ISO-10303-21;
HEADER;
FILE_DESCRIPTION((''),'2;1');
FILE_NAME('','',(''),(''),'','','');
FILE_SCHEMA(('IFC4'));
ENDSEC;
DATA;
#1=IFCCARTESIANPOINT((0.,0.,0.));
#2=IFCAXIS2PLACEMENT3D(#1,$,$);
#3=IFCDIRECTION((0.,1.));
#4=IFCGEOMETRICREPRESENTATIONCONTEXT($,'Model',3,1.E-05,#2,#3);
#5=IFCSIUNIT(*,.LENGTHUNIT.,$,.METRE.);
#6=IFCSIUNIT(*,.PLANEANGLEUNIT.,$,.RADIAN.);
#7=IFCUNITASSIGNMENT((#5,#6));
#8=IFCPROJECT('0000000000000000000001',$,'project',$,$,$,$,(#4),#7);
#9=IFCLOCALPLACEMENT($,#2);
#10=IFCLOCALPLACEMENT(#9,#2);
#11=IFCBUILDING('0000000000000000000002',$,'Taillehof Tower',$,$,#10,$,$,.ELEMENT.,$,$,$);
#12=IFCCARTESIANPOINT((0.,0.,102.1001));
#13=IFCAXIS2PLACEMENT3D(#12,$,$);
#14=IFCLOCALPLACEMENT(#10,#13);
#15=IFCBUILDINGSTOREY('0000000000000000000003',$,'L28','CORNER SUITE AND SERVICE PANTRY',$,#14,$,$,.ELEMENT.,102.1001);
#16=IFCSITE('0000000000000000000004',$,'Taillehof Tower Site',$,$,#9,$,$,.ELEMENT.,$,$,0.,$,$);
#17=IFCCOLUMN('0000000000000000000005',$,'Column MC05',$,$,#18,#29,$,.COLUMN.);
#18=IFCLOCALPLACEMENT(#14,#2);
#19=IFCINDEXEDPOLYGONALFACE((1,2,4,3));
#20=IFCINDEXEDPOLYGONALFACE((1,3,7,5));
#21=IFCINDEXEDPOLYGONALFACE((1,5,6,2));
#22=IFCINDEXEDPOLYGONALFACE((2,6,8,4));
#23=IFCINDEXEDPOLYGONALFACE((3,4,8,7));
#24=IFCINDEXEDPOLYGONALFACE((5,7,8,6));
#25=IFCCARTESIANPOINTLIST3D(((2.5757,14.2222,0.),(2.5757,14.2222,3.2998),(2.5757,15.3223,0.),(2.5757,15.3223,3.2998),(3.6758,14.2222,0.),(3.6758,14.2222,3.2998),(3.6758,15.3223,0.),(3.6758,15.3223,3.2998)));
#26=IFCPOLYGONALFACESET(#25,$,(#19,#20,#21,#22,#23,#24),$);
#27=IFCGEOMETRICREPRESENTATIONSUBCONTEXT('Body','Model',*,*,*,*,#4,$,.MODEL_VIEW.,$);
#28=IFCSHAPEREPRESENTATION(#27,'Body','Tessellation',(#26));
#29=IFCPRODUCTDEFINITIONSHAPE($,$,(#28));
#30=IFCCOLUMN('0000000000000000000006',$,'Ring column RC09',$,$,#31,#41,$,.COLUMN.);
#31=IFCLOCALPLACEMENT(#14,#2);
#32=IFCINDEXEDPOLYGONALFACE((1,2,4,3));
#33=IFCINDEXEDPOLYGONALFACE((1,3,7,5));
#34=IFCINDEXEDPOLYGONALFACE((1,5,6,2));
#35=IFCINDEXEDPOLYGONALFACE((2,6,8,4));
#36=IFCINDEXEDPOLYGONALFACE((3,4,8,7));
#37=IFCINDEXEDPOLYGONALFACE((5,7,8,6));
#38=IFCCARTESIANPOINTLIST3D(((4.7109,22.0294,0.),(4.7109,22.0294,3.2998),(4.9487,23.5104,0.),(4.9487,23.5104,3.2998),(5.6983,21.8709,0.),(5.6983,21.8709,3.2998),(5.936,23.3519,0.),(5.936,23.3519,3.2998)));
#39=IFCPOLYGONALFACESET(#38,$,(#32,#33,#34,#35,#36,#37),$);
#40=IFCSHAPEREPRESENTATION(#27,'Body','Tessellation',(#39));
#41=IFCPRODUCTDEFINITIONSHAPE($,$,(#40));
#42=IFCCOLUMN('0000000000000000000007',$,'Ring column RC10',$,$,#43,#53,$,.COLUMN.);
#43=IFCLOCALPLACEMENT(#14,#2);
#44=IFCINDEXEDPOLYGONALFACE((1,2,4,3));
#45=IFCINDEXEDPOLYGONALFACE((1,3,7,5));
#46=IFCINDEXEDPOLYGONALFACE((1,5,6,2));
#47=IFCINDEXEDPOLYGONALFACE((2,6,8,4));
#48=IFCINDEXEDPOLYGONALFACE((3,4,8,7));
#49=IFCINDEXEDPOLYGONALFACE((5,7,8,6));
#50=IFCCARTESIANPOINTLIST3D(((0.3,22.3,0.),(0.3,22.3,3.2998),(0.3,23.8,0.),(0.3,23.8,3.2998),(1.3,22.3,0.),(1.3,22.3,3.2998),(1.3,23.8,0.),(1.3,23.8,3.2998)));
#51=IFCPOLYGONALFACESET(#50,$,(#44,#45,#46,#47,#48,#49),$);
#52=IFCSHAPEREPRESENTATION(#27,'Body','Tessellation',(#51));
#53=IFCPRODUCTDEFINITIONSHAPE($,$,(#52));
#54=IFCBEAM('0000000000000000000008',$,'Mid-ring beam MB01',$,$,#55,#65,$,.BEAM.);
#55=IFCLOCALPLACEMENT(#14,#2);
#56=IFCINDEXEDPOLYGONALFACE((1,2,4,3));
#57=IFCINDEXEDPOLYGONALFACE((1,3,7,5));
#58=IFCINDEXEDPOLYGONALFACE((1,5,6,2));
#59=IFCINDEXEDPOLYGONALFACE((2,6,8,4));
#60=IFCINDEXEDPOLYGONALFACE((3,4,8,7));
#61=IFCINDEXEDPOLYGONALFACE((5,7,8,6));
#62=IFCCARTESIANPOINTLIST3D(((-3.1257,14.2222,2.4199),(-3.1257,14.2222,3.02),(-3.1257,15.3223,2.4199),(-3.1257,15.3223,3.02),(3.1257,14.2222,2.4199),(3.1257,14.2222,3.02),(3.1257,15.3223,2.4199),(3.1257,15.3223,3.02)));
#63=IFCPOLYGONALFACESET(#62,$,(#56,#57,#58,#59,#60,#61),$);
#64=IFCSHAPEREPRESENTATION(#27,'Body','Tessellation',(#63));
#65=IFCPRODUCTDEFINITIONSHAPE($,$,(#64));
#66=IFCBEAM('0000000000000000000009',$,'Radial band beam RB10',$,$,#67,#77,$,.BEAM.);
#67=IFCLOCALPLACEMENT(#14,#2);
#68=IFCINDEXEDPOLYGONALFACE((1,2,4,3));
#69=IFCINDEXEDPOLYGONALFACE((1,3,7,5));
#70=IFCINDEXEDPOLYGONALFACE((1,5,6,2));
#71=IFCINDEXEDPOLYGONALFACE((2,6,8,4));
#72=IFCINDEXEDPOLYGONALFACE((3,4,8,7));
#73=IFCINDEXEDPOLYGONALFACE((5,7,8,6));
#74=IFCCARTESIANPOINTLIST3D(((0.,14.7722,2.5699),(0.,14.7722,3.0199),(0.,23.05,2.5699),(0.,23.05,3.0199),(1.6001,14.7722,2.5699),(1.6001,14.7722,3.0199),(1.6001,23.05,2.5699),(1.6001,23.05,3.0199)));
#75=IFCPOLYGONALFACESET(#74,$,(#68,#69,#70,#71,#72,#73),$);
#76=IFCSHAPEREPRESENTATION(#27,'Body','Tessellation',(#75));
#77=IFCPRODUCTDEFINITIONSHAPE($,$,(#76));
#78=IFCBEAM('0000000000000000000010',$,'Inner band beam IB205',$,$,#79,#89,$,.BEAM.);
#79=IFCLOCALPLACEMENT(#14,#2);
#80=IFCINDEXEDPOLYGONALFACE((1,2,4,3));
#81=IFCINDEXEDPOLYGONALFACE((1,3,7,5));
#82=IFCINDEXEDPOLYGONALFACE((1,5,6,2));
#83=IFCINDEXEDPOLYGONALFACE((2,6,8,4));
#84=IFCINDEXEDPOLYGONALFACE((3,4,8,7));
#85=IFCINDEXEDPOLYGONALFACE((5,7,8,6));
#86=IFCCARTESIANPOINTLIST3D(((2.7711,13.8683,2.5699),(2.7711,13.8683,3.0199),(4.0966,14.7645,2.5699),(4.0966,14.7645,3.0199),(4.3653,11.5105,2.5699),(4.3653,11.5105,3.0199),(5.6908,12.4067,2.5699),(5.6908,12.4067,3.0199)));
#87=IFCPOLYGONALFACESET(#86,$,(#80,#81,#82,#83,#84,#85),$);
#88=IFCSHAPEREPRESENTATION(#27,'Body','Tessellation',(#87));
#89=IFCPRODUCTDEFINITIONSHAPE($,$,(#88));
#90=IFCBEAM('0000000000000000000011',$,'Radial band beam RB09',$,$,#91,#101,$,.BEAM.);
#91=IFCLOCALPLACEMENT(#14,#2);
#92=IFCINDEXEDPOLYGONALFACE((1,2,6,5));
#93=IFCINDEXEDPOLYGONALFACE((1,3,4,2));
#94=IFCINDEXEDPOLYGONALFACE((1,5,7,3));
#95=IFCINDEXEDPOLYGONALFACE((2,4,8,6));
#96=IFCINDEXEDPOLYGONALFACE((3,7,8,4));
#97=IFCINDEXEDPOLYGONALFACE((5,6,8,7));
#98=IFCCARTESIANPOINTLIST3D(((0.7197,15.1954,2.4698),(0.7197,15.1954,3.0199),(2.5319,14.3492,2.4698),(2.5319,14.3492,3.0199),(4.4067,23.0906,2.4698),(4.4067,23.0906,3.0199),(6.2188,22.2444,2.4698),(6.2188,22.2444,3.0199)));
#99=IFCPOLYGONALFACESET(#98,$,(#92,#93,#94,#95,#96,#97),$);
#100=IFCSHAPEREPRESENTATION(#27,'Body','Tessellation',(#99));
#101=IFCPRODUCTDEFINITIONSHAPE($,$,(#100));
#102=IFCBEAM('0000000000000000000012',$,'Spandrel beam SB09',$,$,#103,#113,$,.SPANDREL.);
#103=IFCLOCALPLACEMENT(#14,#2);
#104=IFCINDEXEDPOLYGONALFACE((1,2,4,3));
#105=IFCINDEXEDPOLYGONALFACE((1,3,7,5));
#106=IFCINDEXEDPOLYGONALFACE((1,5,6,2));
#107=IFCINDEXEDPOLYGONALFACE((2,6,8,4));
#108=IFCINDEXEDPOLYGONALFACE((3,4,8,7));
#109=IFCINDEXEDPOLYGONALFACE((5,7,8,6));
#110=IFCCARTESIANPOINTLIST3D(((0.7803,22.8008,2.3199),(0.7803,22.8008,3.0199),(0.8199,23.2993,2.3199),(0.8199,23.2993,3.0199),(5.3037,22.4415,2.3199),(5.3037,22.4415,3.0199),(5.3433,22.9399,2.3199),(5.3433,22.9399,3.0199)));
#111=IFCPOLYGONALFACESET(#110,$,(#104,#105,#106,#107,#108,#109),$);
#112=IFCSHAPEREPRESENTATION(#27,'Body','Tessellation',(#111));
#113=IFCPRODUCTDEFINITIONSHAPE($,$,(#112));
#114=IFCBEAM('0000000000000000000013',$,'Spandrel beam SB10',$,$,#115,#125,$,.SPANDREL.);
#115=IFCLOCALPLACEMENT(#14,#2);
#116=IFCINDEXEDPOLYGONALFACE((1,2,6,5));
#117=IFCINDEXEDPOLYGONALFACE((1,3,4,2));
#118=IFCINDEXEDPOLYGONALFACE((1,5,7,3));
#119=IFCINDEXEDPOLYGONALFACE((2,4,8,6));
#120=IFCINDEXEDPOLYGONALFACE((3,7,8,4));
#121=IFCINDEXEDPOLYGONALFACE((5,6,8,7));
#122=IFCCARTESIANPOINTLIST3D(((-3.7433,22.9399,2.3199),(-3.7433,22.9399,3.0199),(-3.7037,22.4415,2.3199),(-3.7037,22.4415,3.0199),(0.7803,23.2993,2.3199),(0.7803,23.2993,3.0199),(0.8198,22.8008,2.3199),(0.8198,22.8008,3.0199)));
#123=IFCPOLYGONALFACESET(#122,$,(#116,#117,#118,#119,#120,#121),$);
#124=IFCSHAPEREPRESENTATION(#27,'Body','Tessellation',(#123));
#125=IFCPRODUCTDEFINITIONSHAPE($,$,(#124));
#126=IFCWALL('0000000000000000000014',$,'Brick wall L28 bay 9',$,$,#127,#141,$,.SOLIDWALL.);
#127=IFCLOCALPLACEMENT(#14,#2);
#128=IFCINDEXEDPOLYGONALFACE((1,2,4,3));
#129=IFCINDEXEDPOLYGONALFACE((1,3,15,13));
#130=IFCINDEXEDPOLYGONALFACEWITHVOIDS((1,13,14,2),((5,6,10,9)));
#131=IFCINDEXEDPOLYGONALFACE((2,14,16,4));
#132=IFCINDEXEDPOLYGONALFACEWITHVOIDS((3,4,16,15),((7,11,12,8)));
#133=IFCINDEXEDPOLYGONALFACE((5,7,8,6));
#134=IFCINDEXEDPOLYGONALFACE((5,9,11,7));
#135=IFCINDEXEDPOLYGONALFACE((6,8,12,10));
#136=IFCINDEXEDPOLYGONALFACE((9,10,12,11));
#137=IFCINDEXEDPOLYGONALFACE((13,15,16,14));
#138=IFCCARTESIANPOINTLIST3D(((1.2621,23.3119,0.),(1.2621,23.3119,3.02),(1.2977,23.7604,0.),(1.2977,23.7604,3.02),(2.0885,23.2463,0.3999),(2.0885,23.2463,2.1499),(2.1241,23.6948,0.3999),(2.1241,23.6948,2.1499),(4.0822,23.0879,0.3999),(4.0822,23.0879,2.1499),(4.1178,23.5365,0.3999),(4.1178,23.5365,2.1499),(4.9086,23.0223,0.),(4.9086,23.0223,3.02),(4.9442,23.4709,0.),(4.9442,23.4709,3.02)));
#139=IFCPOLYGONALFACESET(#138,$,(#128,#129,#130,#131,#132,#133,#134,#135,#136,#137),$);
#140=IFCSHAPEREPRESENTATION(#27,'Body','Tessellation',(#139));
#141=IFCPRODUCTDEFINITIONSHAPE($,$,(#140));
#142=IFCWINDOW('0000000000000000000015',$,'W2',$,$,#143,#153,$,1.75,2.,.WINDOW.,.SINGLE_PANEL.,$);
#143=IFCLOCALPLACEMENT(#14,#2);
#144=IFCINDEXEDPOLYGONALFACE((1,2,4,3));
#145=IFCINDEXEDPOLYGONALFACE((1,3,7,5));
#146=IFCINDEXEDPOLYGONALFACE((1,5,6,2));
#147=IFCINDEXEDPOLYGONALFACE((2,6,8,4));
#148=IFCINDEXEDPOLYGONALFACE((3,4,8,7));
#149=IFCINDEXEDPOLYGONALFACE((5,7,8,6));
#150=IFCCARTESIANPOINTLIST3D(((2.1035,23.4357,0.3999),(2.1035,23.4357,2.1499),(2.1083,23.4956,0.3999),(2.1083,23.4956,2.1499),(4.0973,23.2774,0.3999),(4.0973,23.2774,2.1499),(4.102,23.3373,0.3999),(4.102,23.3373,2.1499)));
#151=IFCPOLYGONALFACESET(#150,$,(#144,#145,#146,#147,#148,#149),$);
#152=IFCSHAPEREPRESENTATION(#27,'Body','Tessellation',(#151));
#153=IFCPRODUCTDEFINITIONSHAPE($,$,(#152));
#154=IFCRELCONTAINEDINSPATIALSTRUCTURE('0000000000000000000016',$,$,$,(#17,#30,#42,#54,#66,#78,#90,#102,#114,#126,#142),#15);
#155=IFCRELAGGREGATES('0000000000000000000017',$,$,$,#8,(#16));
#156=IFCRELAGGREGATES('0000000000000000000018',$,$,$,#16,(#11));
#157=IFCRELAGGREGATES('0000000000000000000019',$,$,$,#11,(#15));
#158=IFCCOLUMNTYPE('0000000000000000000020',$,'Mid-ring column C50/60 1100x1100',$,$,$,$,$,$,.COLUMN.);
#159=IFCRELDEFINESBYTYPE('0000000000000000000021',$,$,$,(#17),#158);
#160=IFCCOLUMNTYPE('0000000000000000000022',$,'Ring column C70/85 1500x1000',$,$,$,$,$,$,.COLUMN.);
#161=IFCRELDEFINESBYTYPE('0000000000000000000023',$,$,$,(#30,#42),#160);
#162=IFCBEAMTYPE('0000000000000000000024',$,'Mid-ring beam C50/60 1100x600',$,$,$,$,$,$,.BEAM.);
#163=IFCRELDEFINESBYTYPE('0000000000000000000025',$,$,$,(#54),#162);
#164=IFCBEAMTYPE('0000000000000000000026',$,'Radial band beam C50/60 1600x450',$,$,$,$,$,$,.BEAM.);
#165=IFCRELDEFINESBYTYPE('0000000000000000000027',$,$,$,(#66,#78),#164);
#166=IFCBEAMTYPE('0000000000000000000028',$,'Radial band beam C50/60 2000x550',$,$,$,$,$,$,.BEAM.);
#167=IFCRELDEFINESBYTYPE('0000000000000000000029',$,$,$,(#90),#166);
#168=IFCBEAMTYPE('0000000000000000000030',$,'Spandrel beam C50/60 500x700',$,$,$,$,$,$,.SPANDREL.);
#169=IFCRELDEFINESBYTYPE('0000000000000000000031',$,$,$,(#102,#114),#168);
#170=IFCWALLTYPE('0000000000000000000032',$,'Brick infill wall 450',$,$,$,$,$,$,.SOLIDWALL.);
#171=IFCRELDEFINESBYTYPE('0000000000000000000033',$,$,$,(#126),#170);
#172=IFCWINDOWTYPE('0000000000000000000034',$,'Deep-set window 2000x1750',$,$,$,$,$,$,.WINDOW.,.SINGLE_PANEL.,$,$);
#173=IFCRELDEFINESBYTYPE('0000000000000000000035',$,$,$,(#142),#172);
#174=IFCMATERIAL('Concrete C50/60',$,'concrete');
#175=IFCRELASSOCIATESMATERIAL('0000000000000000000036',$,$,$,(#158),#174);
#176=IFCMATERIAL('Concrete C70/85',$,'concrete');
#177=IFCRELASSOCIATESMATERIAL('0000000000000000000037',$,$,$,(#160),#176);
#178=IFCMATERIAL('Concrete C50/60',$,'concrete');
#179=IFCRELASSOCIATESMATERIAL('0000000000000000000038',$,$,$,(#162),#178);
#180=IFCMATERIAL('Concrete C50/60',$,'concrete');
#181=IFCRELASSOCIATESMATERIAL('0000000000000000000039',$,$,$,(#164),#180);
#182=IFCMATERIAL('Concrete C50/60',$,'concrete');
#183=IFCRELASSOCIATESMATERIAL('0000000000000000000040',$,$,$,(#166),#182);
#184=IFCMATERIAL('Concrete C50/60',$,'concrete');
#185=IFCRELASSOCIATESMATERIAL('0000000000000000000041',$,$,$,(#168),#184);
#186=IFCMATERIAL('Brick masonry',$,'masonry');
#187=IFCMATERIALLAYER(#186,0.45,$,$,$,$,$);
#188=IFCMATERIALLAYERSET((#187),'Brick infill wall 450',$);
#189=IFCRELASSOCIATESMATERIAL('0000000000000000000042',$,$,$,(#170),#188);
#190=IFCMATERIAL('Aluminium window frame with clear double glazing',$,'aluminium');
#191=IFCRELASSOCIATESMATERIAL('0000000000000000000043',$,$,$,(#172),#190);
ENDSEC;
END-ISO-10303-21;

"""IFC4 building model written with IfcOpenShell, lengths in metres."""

from ifc_helpers import new_model, si_unit, direction, frame, frame_2d, origin, origin_2d, place, context, subcontext, project, spatial, rectangle, extrude, material, layer, layer_set, material_profile, profile_set, type_object, element, fill, save


model = new_model("IFC4")

# Units and contexts
model_context = context("Model", 3, precision=1e-05, world=origin(), true_north=direction((0.0, 1.0)))
body_context = subcontext(model_context, "Body", "Model", "MODEL_VIEW")
ifc_project = project(units=[si_unit("LENGTHUNIT", "METRE"), si_unit("PLANEANGLEUNIT", "RADIAN")], contexts=[model_context])

# Site, building, storey
site_placement = place(None, origin())
site = spatial("IfcSite", under=ifc_project, at=site_placement, Name="Taillehof Tower Site", CompositionType="ELEMENT", RefElevation=0.0)
building_placement = place(site_placement, origin())
building = spatial("IfcBuilding", under=site, at=building_placement, Name="Taillehof Tower", CompositionType="ELEMENT")
storey_placement = place(building_placement, frame((0.0, 0.0, 102.1001)))
storey = spatial("IfcBuildingStorey", under=building, at=storey_placement, Name="L28", Description="CORNER SUITE AND SERVICE PANTRY", CompositionType="ELEMENT", Elevation=102.1001)

# Columns
ifc_material_1 = material(Name="Concrete C50/60", Category="concrete")
ifc_material_profile_1 = material_profile(ifc_material_1, rectangle(XDim=1.1001, YDim=1.1001, at=origin_2d()), Name="RC 1100x1100")
ifc_profile_set_1 = profile_set([ifc_material_profile_1], Name="Concrete C50/60")
column_type_1 = type_object("IfcColumnType", Name="Mid-ring column C50/60 1100x1100", PredefinedType="COLUMN", material=ifc_profile_set_1)
column_placement = place(storey_placement, frame((3.1257, 14.7722, 0.0), z_axis=(0.0, 0.0, 1.0), x_axis=(1.0, 0.0, 0.0)))
element("IfcColumn", 1, at=column_placement, inside=storey, type_object=column_type_1, Name="Column MC05", PredefinedType="COLUMN", context=body_context, shape_type="SweptSolid", body=[
    extrude(rectangle(XDim=1.1001, YDim=1.1001, at=origin_2d()), origin(), (0.0, 0.0, 1.0), 3.2998),
])
ifc_material_2 = material(Name="Concrete C70/85", Category="concrete")
ifc_material_profile_2 = material_profile(ifc_material_2, rectangle(XDim=1.5, YDim=1.0, at=origin_2d()), Name="RC 1500x1000")
ifc_profile_set_2 = profile_set([ifc_material_profile_2], Name="Concrete C70/85")
column_type_2 = type_object("IfcColumnType", Name="Ring column C70/85 1500x1000", PredefinedType="COLUMN", material=ifc_profile_set_2)
for number, where, z_axis, x_axis, name in (
    (2, (5.3235, 22.6907, 0.0), (0.0, 0.0, 1.0), (0.158507, 0.987358, 0.0), "Ring column RC09"),
    (3, (0.8, 23.05, 0.0), (0.0, 0.0, 1.0), (0.0, 1.0, 0.0), "Ring column RC10"),
):
    element("IfcColumn", number, at=place(storey_placement, frame(where, z_axis=z_axis, x_axis=x_axis)), inside=storey, type_object=column_type_2, Name=name, PredefinedType="COLUMN", context=body_context, shape_type="SweptSolid", body=[
        extrude(rectangle(XDim=1.5, YDim=1.0, at=origin_2d()), origin(), (0.0, 0.0, 1.0), 3.2998),
    ])

# Beams
ifc_material_3 = material(Name="Concrete C50/60", Category="concrete")
ifc_material_profile_3 = material_profile(ifc_material_3, rectangle(XDim=1.1001, YDim=0.6001, at=origin_2d()), Name="RC 1100x600")
ifc_profile_set_3 = profile_set([ifc_material_profile_3], Name="Concrete C50/60")
beam_type_1 = type_object("IfcBeamType", Name="Mid-ring beam C50/60 1100x600", PredefinedType="BEAM", material=ifc_profile_set_3)
beam_1_placement = place(storey_placement, frame((3.1257, 14.7722, 2.72), z_axis=(-1.0, 0.0, 0.0), x_axis=(0.0, -1.0, 0.0)))
element("IfcBeam", 4, at=beam_1_placement, inside=storey, type_object=beam_type_1, Name="Mid-ring beam MB01", PredefinedType="BEAM", context=body_context, shape_type="SweptSolid", body=[
    extrude(rectangle(XDim=1.1001, YDim=0.6001, at=origin_2d()), origin(), (0.0, 0.0, 1.0), 6.2515),
])
ifc_material_4 = material(Name="Concrete C50/60", Category="concrete")
ifc_material_profile_4 = material_profile(ifc_material_4, rectangle(XDim=1.6001, YDim=0.45, at=origin_2d()), Name="RC 1600x450")
ifc_profile_set_4 = profile_set([ifc_material_profile_4], Name="Concrete C50/60")
beam_type_2 = type_object("IfcBeamType", Name="Radial band beam C50/60 1600x450", PredefinedType="BEAM", material=ifc_profile_set_4)
beam_2_placement = place(storey_placement, frame((0.8, 23.05, 2.7949), z_axis=(0.0, -1.0, 0.0), x_axis=(1.0, 0.0, 0.0)))
element("IfcBeam", 5, at=beam_2_placement, inside=storey, type_object=beam_type_2, Name="Radial band beam RB10", PredefinedType="BEAM", context=body_context, shape_type="SweptSolid", body=[
    extrude(rectangle(XDim=1.6001, YDim=0.45, at=origin_2d()), origin(), (0.0, 0.0, 1.0), 8.2778),
])
beam_3_placement = place(storey_placement, frame((3.4338, 14.3164, 2.7949), z_axis=(0.560112, -0.828417, 0.0), x_axis=(0.828417, 0.560112, 0.0)))
element("IfcBeam", 6, at=beam_3_placement, inside=storey, type_object=beam_type_2, Name="Inner band beam IB205", PredefinedType="BEAM", context=body_context, shape_type="SweptSolid", body=[
    extrude(rectangle(XDim=1.6001, YDim=0.45, at=origin_2d()), origin(), (0.0, 0.0, 1.0), 2.8462),
])
ifc_material_5 = material(Name="Concrete C50/60", Category="concrete")
ifc_material_profile_5 = material_profile(ifc_material_5, rectangle(XDim=2.0, YDim=0.55, at=origin_2d()), Name="RC 2000x550")
ifc_profile_set_5 = profile_set([ifc_material_profile_5], Name="Concrete C50/60")
beam_type_3 = type_object("IfcBeamType", Name="Radial band beam C50/60 2000x550", PredefinedType="BEAM", material=ifc_profile_set_5)
beam_4_placement = place(storey_placement, frame((5.3127, 22.6675, 2.7449), z_axis=(-0.423126, -0.906071, 0.0), x_axis=(0.906071, -0.423126, 0.0)))
element("IfcBeam", 7, at=beam_4_placement, inside=storey, type_object=beam_type_3, Name="Radial band beam RB09", PredefinedType="BEAM", context=body_context, shape_type="SweptSolid", body=[
    extrude(rectangle(XDim=2.0, YDim=0.55, at=origin_2d()), origin(), (0.0, 0.0, 1.0), 8.7136),
])
ifc_material_6 = material(Name="Concrete C50/60", Category="concrete")
ifc_material_profile_6 = material_profile(ifc_material_6, rectangle(XDim=0.5, YDim=0.7, at=origin_2d()), Name="RC 500x700")
ifc_profile_set_6 = profile_set([ifc_material_profile_6], Name="Concrete C50/60")
beam_type_4 = type_object("IfcBeamType", Name="Spandrel beam C50/60 500x700", PredefinedType="SPANDREL", material=ifc_profile_set_6)
beam_5_placement = place(storey_placement, frame((5.3235, 22.6907, 2.6699), z_axis=(-0.996859, 0.079198, 0.0), x_axis=(-0.079198, -0.996859, 0.0)))
element("IfcBeam", 8, at=beam_5_placement, inside=storey, type_object=beam_type_4, Name="Spandrel beam SB09", PredefinedType="SPANDREL", context=body_context, shape_type="SweptSolid", body=[
    extrude(rectangle(XDim=0.5, YDim=0.7, at=origin_2d()), origin(), (0.0, 0.0, 1.0), 4.5376),
])
beam_6_placement = place(storey_placement, frame((0.8, 23.05, 2.6699), z_axis=(-0.996859, -0.079194, 0.0), x_axis=(0.079194, -0.996859, 0.0)))
element("IfcBeam", 9, at=beam_6_placement, inside=storey, type_object=beam_type_4, Name="Spandrel beam SB10", PredefinedType="SPANDREL", context=body_context, shape_type="SweptSolid", body=[
    extrude(rectangle(XDim=0.5, YDim=0.7, at=origin_2d()), origin(), (0.0, 0.0, 1.0), 4.5378),
])

# Wall, opening, window
ifc_material_7 = material(Name="Brick masonry", Category="masonry")
ifc_layer_1 = layer(ifc_material_7, 0.45)
ifc_layer_set_1 = layer_set([ifc_layer_1], Name="Brick infill wall 450")
wall_type_1 = type_object("IfcWallType", Name="Brick infill wall 450", PredefinedType="SOLIDWALL", material=ifc_layer_set_1)
wall_1_placement = place(storey_placement, frame((4.9265, 23.2466, 0.0), z_axis=(0.0, 0.0, 1.0), x_axis=(-0.996862, 0.079156, 0.0)))
wall_1 = element("IfcWall", 10, at=wall_1_placement, inside=storey, type_object=wall_type_1, Name="Brick wall L28 bay 9", PredefinedType="SOLIDWALL", context=body_context, shape_type="SweptSolid", body=[
    extrude(rectangle(XDim=3.658, YDim=0.45, at=frame_2d((1.8291, 0.0))), origin(), (0.0, 0.0, 1.0), 3.02),
])
opening_1_placement = place(wall_1_placement, frame((0.8291, 0.0, 0.3999)))
opening_1 = element("IfcOpeningElement", 11, at=opening_1_placement, cuts=wall_1, PredefinedType="OPENING", context=body_context, shape_type="SweptSolid", body=[
    extrude(rectangle(XDim=2.0, YDim=1.75, at=frame_2d((1.0, 0.875))), frame((0.0, 0.2349, 0.0), z_axis=(0.0, -1.0, 0.0), x_axis=(1.0, 0.0, 0.0)), (0.0, 0.0, 1.0), 0.47),
])
ifc_material_8 = material(Name="Aluminium window frame with clear double glazing", Category="aluminium")
window_type_1 = type_object("IfcWindowType", Name="Deep-set window 2000x1750", PartitioningType="SINGLE_PANEL", PredefinedType="WINDOW", material=ifc_material_8)
window_1_placement = place(opening_1_placement, origin())
window_1 = element("IfcWindow", 12, at=window_1_placement, inside=storey, type_object=window_type_1, Name="W2", OverallHeight=1.75, OverallWidth=2.0, PartitioningType="SINGLE_PANEL", PredefinedType="WINDOW", context=body_context, shape_type="SweptSolid", body=[
    extrude(rectangle(XDim=2.0, YDim=1.75, at=frame_2d((1.0, 0.875))), frame((0.0, 0.0349, 0.0), z_axis=(0.0, -1.0, 0.0), x_axis=(1.0, 0.0, 0.0)), (0.0, 0.0, 1.0), 0.0601),
])
fill(opening_1, window_1)

save(model, "model.ifc")
